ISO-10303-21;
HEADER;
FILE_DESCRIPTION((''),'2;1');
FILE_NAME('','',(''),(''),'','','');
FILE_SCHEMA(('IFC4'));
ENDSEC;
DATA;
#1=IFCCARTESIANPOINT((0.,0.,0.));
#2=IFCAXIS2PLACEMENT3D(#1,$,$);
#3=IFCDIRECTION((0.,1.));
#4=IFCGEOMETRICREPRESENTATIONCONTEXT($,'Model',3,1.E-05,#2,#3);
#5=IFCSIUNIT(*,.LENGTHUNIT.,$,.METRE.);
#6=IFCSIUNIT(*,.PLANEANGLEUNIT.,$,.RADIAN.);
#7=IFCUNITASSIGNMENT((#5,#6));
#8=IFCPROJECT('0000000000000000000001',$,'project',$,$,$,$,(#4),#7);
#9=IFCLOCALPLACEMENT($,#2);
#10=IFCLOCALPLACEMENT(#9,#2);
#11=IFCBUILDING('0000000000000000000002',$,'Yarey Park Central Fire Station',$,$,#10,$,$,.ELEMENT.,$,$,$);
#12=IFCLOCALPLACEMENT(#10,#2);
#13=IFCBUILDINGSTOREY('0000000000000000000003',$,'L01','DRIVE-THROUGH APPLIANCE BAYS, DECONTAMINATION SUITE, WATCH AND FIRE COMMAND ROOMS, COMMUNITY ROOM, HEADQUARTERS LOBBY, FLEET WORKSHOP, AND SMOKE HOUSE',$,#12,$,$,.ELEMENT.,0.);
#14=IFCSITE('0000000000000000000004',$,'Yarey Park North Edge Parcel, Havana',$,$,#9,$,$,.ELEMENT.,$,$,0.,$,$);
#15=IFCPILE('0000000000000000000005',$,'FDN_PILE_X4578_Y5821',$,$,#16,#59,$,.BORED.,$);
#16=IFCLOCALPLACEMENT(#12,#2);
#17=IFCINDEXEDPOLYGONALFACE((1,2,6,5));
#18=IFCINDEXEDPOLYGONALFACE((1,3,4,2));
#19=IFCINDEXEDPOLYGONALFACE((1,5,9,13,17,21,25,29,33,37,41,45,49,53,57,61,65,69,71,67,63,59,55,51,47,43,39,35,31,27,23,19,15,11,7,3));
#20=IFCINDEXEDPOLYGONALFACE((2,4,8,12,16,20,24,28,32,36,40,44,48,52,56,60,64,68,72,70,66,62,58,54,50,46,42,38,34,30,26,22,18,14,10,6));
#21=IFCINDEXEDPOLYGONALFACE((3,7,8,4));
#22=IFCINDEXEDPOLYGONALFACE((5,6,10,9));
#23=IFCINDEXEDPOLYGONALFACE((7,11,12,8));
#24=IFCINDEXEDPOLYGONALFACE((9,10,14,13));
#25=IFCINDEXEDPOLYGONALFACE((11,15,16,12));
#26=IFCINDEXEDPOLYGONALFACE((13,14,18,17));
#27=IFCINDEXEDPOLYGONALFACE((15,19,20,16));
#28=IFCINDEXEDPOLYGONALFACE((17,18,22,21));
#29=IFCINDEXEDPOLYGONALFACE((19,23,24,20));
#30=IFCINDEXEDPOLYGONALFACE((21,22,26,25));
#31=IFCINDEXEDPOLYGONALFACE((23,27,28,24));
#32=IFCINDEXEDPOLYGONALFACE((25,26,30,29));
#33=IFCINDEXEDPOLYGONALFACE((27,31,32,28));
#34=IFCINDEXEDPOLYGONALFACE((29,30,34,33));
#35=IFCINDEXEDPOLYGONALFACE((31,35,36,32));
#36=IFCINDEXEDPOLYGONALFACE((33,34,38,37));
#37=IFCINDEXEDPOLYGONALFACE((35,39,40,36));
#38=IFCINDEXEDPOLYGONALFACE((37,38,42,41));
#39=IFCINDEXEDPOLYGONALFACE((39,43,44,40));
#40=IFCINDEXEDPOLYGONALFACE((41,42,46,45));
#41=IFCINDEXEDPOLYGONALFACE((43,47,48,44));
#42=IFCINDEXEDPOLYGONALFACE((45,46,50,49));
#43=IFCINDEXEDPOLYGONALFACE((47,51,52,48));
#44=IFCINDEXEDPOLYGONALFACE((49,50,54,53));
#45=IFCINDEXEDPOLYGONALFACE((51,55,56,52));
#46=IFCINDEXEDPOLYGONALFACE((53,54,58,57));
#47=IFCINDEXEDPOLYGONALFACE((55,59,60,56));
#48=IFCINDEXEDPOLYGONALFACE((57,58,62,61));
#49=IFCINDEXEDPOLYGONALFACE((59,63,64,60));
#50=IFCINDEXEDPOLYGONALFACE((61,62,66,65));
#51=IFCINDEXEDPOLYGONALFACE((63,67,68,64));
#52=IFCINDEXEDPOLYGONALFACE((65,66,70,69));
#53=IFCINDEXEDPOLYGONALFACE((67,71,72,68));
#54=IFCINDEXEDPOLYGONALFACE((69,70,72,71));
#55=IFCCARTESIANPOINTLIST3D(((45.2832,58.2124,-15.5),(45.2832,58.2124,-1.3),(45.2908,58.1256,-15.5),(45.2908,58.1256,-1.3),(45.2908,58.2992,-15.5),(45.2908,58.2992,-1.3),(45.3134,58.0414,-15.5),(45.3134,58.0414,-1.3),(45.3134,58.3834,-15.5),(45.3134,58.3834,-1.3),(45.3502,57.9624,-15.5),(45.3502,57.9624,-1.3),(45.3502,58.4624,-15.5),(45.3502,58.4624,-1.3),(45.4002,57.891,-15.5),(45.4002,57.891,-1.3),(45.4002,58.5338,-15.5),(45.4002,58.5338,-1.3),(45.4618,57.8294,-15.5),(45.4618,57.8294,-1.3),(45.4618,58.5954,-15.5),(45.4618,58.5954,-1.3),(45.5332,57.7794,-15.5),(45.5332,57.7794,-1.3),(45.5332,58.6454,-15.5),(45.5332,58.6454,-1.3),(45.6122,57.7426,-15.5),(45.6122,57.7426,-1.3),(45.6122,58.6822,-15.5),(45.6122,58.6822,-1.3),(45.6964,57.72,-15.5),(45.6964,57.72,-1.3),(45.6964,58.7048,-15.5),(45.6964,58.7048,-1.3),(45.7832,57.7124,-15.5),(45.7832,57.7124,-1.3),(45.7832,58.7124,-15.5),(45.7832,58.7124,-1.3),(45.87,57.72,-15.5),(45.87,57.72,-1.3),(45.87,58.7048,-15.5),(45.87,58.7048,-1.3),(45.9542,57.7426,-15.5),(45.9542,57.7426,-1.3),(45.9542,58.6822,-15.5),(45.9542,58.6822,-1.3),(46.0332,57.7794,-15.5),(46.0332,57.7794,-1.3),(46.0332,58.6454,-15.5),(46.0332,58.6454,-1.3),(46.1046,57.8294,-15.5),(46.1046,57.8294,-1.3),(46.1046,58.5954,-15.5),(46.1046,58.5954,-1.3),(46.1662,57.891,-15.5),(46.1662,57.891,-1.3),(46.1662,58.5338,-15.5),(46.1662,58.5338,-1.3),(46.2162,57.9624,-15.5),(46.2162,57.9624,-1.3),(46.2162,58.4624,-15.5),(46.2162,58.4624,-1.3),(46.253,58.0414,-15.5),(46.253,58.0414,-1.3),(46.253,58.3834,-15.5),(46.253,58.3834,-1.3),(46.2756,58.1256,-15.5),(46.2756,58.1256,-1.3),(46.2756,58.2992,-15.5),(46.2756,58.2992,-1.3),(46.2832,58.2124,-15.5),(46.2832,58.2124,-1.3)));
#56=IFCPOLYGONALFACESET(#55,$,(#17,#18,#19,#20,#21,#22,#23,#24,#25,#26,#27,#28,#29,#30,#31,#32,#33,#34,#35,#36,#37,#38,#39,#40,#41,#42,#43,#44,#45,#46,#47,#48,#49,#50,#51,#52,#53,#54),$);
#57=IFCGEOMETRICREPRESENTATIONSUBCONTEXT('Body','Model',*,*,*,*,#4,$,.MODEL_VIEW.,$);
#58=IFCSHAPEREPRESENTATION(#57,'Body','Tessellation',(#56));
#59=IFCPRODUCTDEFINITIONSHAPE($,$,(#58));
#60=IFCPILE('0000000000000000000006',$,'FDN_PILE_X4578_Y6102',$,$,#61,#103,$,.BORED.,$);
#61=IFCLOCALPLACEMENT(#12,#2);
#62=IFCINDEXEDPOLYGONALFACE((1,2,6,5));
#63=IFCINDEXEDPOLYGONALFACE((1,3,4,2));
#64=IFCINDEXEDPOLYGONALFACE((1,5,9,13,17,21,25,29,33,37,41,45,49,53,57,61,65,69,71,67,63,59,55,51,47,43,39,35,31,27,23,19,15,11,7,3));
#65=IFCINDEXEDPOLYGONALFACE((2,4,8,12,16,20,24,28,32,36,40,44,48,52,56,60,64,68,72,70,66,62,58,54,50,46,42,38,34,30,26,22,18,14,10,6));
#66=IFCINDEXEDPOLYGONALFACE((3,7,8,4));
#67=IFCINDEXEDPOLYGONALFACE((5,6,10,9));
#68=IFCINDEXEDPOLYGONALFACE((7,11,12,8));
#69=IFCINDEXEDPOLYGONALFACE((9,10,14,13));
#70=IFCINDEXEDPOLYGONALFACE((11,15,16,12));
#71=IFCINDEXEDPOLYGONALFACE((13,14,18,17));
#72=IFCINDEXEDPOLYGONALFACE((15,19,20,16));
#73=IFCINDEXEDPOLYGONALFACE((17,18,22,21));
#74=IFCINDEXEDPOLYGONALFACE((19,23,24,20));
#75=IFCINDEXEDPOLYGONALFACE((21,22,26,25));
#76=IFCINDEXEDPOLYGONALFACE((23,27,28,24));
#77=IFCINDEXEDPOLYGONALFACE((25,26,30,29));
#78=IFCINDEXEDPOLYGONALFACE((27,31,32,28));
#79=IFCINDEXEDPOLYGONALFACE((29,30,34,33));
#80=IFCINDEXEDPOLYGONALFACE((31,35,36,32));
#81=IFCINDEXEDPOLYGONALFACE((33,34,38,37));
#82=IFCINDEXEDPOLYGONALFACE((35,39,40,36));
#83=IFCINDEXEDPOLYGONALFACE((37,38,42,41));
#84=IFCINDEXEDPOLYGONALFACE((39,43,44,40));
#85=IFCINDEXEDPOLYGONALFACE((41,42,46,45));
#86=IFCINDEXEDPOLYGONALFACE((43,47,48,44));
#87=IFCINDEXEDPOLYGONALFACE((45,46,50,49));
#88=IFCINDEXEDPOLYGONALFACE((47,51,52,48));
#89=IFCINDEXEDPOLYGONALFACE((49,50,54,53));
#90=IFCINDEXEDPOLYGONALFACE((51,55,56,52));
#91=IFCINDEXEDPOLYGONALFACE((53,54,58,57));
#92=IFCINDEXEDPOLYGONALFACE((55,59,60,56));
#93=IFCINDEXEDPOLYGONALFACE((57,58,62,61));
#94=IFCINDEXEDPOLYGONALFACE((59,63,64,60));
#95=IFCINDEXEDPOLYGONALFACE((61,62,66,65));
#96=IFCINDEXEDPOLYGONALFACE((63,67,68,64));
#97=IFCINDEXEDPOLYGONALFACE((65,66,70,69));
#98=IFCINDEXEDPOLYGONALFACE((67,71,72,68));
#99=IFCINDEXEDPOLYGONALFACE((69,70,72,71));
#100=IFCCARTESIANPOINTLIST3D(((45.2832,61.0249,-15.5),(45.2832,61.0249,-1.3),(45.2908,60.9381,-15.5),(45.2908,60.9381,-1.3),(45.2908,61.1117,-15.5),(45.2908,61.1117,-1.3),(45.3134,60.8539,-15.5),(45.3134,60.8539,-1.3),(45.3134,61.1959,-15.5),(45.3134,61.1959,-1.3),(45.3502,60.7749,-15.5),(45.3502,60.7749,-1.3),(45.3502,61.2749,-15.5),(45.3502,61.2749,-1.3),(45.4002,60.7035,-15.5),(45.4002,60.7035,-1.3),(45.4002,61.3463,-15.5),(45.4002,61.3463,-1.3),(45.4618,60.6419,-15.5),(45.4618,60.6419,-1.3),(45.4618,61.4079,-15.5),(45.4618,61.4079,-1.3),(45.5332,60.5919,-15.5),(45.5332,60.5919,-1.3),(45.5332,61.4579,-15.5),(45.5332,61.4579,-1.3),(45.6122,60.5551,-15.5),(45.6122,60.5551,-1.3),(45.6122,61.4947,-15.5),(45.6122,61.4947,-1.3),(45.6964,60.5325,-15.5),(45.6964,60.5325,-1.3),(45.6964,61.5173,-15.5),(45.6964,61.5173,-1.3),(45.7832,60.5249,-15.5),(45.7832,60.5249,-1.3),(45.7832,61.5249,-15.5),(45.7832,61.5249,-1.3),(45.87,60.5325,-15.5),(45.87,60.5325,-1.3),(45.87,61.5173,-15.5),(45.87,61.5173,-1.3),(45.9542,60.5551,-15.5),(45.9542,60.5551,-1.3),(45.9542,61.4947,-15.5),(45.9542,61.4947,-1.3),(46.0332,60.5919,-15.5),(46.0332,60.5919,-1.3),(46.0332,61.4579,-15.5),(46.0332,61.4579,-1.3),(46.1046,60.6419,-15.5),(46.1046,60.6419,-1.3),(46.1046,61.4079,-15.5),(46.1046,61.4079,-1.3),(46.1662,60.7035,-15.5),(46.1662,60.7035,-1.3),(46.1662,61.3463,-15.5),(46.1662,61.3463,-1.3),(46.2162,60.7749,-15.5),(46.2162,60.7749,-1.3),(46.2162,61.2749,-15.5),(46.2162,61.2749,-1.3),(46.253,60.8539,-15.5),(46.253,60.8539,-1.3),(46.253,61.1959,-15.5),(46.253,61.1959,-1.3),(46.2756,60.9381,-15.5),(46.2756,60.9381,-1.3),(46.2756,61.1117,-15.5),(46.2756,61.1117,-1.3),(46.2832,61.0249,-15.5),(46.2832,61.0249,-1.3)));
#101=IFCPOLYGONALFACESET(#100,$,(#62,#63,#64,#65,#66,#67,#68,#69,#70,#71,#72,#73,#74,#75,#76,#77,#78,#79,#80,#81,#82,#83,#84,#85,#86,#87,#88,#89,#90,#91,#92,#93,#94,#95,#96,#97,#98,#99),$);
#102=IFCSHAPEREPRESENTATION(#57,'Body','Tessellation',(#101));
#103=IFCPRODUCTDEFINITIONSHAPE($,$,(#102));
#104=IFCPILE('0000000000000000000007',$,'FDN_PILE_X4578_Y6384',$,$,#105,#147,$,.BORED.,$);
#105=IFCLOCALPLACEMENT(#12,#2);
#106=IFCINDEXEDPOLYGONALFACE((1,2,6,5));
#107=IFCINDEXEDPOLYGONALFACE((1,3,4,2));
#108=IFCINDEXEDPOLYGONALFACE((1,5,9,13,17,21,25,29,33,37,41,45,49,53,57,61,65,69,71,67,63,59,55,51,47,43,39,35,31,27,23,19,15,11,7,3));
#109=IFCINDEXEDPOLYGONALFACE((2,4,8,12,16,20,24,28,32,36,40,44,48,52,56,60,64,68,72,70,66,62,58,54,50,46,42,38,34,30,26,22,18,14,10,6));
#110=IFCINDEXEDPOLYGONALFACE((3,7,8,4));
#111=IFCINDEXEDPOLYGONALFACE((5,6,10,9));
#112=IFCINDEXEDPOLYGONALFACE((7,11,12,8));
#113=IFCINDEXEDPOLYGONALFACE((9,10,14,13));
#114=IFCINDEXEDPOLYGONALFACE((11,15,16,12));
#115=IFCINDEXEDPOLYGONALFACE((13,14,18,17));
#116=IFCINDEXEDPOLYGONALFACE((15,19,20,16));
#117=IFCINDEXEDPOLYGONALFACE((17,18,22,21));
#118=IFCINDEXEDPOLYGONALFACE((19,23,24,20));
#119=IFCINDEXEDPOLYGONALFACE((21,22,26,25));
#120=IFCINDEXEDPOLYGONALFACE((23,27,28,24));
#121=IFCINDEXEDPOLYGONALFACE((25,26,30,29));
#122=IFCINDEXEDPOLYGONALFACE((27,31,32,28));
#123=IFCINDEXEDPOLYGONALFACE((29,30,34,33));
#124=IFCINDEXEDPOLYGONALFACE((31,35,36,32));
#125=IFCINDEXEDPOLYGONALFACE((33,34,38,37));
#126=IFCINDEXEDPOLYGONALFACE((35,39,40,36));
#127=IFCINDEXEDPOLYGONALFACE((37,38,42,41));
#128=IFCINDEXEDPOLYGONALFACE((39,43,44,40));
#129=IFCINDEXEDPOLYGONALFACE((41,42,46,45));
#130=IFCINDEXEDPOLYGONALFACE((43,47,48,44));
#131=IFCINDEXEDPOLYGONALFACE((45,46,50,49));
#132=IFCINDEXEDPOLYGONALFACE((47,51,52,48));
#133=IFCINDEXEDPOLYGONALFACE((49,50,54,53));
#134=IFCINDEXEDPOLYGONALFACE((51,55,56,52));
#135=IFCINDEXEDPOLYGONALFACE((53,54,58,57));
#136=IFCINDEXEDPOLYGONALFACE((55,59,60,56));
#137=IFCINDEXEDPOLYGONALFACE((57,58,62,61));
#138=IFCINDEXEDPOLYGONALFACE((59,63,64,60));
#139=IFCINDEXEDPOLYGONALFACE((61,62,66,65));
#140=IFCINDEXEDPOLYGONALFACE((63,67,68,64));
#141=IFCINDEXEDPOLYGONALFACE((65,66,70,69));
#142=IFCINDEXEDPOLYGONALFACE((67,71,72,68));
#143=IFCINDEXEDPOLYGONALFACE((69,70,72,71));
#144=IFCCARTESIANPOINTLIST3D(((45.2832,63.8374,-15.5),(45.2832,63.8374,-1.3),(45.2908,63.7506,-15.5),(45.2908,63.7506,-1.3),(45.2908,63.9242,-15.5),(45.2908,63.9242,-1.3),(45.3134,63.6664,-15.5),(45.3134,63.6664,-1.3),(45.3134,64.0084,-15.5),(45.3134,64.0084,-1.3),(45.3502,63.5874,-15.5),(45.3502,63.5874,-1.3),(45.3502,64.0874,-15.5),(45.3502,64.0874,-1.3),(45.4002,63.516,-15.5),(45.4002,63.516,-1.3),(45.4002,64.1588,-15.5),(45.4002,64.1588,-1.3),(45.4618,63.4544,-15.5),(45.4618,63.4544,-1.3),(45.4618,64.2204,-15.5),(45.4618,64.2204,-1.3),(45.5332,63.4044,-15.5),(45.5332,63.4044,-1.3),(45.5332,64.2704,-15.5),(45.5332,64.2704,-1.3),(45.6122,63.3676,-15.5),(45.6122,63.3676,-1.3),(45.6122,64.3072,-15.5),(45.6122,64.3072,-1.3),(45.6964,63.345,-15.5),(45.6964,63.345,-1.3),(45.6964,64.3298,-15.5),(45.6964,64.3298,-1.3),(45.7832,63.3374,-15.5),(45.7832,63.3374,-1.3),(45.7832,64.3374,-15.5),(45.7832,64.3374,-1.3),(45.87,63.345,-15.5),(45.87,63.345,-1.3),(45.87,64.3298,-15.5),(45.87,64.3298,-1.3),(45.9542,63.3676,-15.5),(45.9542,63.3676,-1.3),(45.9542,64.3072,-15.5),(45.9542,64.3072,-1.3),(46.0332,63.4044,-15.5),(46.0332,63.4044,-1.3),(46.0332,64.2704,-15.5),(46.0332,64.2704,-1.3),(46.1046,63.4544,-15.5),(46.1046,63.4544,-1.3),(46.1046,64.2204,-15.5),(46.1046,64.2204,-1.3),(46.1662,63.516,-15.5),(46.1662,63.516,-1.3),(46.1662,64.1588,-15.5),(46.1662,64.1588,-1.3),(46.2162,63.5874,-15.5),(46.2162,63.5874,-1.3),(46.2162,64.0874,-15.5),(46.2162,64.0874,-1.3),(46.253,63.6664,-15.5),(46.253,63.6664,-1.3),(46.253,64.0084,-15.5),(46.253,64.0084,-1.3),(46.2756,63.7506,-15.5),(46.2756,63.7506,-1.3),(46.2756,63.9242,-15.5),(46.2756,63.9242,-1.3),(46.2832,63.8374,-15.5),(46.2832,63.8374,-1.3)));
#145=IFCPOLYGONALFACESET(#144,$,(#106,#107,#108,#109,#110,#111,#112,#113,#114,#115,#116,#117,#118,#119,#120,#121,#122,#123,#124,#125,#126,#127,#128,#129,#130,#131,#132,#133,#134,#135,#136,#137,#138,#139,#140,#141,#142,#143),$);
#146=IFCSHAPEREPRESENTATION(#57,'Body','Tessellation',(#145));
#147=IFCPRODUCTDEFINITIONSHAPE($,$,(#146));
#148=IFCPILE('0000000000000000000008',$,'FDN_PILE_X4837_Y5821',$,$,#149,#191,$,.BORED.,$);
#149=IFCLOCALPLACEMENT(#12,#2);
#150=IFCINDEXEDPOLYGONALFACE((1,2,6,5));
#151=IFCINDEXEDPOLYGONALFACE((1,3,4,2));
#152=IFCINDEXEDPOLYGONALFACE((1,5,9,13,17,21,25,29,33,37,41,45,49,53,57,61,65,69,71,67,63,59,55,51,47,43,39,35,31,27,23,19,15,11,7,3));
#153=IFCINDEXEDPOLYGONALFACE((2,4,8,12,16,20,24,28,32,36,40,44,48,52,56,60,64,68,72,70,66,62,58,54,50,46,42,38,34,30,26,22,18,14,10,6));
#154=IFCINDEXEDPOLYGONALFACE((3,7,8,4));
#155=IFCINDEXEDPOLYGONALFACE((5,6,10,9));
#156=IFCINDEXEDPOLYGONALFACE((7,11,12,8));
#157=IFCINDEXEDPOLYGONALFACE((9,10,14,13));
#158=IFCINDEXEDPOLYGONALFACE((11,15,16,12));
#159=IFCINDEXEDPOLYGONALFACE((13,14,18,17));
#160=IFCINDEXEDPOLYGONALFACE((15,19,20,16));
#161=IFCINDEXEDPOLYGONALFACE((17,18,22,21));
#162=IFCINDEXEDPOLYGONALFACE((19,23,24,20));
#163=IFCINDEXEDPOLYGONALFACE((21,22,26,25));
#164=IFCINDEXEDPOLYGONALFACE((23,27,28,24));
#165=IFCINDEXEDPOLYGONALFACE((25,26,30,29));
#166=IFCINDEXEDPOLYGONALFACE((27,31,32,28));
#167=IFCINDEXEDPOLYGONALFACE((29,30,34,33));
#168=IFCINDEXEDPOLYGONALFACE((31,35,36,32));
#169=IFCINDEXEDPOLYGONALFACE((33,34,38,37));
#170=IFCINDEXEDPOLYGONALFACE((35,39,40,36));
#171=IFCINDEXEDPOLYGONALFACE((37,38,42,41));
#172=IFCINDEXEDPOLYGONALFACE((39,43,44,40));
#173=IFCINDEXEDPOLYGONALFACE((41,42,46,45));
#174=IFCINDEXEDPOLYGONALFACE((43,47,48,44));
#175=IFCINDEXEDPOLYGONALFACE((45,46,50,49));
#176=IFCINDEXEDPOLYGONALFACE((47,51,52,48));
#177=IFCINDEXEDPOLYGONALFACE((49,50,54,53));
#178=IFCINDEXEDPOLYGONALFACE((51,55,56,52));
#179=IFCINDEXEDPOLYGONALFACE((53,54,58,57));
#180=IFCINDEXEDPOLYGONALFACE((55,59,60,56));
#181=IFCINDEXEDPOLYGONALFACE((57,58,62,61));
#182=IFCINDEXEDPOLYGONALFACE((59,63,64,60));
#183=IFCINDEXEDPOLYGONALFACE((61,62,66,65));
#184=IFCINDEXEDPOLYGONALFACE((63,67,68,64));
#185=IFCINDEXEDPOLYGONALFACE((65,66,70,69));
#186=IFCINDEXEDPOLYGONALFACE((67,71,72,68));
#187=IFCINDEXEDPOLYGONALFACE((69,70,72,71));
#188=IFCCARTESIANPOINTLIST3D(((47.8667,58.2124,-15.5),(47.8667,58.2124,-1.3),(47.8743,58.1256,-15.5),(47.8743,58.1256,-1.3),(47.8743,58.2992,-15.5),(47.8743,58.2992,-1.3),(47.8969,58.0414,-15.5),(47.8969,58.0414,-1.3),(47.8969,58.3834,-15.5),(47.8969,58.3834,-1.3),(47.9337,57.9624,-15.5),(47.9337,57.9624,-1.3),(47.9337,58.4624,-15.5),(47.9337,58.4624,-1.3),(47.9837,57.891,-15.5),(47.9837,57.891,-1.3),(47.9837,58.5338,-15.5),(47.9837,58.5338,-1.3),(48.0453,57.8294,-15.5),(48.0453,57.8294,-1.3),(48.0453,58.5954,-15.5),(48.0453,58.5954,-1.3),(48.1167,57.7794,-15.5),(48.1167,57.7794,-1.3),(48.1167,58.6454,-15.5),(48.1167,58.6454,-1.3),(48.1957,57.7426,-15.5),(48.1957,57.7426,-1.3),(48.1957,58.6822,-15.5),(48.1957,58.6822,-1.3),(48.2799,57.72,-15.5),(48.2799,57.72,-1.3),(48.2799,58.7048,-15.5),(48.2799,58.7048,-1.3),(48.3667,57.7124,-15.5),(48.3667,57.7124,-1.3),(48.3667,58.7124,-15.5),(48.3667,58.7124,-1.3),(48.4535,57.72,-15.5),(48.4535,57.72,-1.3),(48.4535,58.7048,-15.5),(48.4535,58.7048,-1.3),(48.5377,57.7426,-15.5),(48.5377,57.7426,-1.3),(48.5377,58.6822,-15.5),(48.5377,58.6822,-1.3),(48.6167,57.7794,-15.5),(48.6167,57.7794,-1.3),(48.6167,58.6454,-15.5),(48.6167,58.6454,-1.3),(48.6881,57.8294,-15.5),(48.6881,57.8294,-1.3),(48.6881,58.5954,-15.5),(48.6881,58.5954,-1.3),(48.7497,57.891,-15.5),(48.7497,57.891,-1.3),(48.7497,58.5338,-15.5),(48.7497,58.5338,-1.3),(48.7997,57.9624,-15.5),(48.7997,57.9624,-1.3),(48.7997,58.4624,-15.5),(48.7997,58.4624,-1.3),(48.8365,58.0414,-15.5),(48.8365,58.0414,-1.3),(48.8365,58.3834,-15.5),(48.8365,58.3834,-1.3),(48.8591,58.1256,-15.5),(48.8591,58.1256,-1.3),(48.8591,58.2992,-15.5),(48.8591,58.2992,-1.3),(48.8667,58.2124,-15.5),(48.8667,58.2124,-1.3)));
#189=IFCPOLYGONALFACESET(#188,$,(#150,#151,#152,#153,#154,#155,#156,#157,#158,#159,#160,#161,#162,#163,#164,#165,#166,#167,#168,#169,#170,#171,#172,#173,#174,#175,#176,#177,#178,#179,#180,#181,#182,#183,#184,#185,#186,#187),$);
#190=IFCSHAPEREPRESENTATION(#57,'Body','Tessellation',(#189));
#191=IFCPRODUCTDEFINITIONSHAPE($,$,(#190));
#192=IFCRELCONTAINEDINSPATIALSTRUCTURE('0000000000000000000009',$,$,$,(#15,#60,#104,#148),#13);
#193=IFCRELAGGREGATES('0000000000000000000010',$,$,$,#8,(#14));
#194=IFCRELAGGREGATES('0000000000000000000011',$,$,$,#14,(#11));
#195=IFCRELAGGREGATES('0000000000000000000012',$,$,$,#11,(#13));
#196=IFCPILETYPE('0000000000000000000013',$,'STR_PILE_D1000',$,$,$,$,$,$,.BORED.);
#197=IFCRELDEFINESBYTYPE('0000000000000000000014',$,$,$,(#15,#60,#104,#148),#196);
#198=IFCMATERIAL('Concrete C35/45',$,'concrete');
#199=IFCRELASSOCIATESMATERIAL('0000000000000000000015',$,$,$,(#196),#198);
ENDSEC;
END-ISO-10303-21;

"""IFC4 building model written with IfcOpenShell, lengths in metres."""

from ifc_helpers import new_model, si_unit, direction, frame, origin, origin_2d, place, context, subcontext, project, spatial, circle, extrude, material, material_profile, profile_set, type_object, element, save


model = new_model("IFC4")

# Units and contexts
model_context = context("Model", 3, precision=1e-05, world=origin(), true_north=direction((0.0, 1.0)))
body_context = subcontext(model_context, "Body", "Model", "MODEL_VIEW")
ifc_project = project(units=[si_unit("LENGTHUNIT", "METRE"), si_unit("PLANEANGLEUNIT", "RADIAN")], contexts=[model_context])

# Site, building, storey
site_placement = place(None, origin())
site = spatial("IfcSite", under=ifc_project, at=site_placement, Name="Yarey Park North Edge Parcel, Havana", CompositionType="ELEMENT", RefElevation=0.0)
building_placement = place(site_placement, origin())
building = spatial("IfcBuilding", under=site, at=building_placement, Name="Yarey Park Central Fire Station", CompositionType="ELEMENT")
storey_placement = place(building_placement, origin())
storey = spatial("IfcBuildingStorey", under=building, at=storey_placement, Name="L01", Description="DRIVE-THROUGH APPLIANCE BAYS, DECONTAMINATION SUITE, WATCH AND FIRE COMMAND ROOMS, COMMUNITY ROOM, HEADQUARTERS LOBBY, FLEET WORKSHOP, AND SMOKE HOUSE", CompositionType="ELEMENT", Elevation=0.0)

# Piles
ifc_material_1 = material(Name="Concrete C35/45", Category="concrete")
ifc_material_profile_1 = material_profile(ifc_material_1, circle(Radius=0.5, at=origin_2d()), Name="BORED PILE D1000")
ifc_profile_set_1 = profile_set([ifc_material_profile_1], Name="Concrete C35/45")
pile_type = type_object("IfcPileType", Name="STR_PILE_D1000", PredefinedType="BORED", material=ifc_profile_set_1)
for number, where, z_axis, x_axis, name in (
    (1, (45.7832, 58.2124, -1.3), (0.0, 0.0, -1.0), (1.0, 0.0, 0.0), "FDN_PILE_X4578_Y5821"),
    (2, (45.7832, 61.0249, -1.3), (0.0, 0.0, -1.0), (1.0, 0.0, 0.0), "FDN_PILE_X4578_Y6102"),
    (3, (45.7832, 63.8374, -1.3), (0.0, 0.0, -1.0), (1.0, 0.0, 0.0), "FDN_PILE_X4578_Y6384"),
    (4, (48.3667, 58.2124, -1.3), (0.0, 0.0, -1.0), (1.0, 0.0, 0.0), "FDN_PILE_X4837_Y5821"),
):
    element("IfcPile", number, at=place(storey_placement, frame(where, z_axis=z_axis, x_axis=x_axis)), inside=storey, type_object=pile_type, Name=name, PredefinedType="BORED", context=body_context, shape_type="SweptSolid", body=[
        extrude(circle(Radius=0.5, at=origin_2d()), origin(), (0.0, 0.0, 1.0), 14.2),
    ])

save(model, "model.ifc")
